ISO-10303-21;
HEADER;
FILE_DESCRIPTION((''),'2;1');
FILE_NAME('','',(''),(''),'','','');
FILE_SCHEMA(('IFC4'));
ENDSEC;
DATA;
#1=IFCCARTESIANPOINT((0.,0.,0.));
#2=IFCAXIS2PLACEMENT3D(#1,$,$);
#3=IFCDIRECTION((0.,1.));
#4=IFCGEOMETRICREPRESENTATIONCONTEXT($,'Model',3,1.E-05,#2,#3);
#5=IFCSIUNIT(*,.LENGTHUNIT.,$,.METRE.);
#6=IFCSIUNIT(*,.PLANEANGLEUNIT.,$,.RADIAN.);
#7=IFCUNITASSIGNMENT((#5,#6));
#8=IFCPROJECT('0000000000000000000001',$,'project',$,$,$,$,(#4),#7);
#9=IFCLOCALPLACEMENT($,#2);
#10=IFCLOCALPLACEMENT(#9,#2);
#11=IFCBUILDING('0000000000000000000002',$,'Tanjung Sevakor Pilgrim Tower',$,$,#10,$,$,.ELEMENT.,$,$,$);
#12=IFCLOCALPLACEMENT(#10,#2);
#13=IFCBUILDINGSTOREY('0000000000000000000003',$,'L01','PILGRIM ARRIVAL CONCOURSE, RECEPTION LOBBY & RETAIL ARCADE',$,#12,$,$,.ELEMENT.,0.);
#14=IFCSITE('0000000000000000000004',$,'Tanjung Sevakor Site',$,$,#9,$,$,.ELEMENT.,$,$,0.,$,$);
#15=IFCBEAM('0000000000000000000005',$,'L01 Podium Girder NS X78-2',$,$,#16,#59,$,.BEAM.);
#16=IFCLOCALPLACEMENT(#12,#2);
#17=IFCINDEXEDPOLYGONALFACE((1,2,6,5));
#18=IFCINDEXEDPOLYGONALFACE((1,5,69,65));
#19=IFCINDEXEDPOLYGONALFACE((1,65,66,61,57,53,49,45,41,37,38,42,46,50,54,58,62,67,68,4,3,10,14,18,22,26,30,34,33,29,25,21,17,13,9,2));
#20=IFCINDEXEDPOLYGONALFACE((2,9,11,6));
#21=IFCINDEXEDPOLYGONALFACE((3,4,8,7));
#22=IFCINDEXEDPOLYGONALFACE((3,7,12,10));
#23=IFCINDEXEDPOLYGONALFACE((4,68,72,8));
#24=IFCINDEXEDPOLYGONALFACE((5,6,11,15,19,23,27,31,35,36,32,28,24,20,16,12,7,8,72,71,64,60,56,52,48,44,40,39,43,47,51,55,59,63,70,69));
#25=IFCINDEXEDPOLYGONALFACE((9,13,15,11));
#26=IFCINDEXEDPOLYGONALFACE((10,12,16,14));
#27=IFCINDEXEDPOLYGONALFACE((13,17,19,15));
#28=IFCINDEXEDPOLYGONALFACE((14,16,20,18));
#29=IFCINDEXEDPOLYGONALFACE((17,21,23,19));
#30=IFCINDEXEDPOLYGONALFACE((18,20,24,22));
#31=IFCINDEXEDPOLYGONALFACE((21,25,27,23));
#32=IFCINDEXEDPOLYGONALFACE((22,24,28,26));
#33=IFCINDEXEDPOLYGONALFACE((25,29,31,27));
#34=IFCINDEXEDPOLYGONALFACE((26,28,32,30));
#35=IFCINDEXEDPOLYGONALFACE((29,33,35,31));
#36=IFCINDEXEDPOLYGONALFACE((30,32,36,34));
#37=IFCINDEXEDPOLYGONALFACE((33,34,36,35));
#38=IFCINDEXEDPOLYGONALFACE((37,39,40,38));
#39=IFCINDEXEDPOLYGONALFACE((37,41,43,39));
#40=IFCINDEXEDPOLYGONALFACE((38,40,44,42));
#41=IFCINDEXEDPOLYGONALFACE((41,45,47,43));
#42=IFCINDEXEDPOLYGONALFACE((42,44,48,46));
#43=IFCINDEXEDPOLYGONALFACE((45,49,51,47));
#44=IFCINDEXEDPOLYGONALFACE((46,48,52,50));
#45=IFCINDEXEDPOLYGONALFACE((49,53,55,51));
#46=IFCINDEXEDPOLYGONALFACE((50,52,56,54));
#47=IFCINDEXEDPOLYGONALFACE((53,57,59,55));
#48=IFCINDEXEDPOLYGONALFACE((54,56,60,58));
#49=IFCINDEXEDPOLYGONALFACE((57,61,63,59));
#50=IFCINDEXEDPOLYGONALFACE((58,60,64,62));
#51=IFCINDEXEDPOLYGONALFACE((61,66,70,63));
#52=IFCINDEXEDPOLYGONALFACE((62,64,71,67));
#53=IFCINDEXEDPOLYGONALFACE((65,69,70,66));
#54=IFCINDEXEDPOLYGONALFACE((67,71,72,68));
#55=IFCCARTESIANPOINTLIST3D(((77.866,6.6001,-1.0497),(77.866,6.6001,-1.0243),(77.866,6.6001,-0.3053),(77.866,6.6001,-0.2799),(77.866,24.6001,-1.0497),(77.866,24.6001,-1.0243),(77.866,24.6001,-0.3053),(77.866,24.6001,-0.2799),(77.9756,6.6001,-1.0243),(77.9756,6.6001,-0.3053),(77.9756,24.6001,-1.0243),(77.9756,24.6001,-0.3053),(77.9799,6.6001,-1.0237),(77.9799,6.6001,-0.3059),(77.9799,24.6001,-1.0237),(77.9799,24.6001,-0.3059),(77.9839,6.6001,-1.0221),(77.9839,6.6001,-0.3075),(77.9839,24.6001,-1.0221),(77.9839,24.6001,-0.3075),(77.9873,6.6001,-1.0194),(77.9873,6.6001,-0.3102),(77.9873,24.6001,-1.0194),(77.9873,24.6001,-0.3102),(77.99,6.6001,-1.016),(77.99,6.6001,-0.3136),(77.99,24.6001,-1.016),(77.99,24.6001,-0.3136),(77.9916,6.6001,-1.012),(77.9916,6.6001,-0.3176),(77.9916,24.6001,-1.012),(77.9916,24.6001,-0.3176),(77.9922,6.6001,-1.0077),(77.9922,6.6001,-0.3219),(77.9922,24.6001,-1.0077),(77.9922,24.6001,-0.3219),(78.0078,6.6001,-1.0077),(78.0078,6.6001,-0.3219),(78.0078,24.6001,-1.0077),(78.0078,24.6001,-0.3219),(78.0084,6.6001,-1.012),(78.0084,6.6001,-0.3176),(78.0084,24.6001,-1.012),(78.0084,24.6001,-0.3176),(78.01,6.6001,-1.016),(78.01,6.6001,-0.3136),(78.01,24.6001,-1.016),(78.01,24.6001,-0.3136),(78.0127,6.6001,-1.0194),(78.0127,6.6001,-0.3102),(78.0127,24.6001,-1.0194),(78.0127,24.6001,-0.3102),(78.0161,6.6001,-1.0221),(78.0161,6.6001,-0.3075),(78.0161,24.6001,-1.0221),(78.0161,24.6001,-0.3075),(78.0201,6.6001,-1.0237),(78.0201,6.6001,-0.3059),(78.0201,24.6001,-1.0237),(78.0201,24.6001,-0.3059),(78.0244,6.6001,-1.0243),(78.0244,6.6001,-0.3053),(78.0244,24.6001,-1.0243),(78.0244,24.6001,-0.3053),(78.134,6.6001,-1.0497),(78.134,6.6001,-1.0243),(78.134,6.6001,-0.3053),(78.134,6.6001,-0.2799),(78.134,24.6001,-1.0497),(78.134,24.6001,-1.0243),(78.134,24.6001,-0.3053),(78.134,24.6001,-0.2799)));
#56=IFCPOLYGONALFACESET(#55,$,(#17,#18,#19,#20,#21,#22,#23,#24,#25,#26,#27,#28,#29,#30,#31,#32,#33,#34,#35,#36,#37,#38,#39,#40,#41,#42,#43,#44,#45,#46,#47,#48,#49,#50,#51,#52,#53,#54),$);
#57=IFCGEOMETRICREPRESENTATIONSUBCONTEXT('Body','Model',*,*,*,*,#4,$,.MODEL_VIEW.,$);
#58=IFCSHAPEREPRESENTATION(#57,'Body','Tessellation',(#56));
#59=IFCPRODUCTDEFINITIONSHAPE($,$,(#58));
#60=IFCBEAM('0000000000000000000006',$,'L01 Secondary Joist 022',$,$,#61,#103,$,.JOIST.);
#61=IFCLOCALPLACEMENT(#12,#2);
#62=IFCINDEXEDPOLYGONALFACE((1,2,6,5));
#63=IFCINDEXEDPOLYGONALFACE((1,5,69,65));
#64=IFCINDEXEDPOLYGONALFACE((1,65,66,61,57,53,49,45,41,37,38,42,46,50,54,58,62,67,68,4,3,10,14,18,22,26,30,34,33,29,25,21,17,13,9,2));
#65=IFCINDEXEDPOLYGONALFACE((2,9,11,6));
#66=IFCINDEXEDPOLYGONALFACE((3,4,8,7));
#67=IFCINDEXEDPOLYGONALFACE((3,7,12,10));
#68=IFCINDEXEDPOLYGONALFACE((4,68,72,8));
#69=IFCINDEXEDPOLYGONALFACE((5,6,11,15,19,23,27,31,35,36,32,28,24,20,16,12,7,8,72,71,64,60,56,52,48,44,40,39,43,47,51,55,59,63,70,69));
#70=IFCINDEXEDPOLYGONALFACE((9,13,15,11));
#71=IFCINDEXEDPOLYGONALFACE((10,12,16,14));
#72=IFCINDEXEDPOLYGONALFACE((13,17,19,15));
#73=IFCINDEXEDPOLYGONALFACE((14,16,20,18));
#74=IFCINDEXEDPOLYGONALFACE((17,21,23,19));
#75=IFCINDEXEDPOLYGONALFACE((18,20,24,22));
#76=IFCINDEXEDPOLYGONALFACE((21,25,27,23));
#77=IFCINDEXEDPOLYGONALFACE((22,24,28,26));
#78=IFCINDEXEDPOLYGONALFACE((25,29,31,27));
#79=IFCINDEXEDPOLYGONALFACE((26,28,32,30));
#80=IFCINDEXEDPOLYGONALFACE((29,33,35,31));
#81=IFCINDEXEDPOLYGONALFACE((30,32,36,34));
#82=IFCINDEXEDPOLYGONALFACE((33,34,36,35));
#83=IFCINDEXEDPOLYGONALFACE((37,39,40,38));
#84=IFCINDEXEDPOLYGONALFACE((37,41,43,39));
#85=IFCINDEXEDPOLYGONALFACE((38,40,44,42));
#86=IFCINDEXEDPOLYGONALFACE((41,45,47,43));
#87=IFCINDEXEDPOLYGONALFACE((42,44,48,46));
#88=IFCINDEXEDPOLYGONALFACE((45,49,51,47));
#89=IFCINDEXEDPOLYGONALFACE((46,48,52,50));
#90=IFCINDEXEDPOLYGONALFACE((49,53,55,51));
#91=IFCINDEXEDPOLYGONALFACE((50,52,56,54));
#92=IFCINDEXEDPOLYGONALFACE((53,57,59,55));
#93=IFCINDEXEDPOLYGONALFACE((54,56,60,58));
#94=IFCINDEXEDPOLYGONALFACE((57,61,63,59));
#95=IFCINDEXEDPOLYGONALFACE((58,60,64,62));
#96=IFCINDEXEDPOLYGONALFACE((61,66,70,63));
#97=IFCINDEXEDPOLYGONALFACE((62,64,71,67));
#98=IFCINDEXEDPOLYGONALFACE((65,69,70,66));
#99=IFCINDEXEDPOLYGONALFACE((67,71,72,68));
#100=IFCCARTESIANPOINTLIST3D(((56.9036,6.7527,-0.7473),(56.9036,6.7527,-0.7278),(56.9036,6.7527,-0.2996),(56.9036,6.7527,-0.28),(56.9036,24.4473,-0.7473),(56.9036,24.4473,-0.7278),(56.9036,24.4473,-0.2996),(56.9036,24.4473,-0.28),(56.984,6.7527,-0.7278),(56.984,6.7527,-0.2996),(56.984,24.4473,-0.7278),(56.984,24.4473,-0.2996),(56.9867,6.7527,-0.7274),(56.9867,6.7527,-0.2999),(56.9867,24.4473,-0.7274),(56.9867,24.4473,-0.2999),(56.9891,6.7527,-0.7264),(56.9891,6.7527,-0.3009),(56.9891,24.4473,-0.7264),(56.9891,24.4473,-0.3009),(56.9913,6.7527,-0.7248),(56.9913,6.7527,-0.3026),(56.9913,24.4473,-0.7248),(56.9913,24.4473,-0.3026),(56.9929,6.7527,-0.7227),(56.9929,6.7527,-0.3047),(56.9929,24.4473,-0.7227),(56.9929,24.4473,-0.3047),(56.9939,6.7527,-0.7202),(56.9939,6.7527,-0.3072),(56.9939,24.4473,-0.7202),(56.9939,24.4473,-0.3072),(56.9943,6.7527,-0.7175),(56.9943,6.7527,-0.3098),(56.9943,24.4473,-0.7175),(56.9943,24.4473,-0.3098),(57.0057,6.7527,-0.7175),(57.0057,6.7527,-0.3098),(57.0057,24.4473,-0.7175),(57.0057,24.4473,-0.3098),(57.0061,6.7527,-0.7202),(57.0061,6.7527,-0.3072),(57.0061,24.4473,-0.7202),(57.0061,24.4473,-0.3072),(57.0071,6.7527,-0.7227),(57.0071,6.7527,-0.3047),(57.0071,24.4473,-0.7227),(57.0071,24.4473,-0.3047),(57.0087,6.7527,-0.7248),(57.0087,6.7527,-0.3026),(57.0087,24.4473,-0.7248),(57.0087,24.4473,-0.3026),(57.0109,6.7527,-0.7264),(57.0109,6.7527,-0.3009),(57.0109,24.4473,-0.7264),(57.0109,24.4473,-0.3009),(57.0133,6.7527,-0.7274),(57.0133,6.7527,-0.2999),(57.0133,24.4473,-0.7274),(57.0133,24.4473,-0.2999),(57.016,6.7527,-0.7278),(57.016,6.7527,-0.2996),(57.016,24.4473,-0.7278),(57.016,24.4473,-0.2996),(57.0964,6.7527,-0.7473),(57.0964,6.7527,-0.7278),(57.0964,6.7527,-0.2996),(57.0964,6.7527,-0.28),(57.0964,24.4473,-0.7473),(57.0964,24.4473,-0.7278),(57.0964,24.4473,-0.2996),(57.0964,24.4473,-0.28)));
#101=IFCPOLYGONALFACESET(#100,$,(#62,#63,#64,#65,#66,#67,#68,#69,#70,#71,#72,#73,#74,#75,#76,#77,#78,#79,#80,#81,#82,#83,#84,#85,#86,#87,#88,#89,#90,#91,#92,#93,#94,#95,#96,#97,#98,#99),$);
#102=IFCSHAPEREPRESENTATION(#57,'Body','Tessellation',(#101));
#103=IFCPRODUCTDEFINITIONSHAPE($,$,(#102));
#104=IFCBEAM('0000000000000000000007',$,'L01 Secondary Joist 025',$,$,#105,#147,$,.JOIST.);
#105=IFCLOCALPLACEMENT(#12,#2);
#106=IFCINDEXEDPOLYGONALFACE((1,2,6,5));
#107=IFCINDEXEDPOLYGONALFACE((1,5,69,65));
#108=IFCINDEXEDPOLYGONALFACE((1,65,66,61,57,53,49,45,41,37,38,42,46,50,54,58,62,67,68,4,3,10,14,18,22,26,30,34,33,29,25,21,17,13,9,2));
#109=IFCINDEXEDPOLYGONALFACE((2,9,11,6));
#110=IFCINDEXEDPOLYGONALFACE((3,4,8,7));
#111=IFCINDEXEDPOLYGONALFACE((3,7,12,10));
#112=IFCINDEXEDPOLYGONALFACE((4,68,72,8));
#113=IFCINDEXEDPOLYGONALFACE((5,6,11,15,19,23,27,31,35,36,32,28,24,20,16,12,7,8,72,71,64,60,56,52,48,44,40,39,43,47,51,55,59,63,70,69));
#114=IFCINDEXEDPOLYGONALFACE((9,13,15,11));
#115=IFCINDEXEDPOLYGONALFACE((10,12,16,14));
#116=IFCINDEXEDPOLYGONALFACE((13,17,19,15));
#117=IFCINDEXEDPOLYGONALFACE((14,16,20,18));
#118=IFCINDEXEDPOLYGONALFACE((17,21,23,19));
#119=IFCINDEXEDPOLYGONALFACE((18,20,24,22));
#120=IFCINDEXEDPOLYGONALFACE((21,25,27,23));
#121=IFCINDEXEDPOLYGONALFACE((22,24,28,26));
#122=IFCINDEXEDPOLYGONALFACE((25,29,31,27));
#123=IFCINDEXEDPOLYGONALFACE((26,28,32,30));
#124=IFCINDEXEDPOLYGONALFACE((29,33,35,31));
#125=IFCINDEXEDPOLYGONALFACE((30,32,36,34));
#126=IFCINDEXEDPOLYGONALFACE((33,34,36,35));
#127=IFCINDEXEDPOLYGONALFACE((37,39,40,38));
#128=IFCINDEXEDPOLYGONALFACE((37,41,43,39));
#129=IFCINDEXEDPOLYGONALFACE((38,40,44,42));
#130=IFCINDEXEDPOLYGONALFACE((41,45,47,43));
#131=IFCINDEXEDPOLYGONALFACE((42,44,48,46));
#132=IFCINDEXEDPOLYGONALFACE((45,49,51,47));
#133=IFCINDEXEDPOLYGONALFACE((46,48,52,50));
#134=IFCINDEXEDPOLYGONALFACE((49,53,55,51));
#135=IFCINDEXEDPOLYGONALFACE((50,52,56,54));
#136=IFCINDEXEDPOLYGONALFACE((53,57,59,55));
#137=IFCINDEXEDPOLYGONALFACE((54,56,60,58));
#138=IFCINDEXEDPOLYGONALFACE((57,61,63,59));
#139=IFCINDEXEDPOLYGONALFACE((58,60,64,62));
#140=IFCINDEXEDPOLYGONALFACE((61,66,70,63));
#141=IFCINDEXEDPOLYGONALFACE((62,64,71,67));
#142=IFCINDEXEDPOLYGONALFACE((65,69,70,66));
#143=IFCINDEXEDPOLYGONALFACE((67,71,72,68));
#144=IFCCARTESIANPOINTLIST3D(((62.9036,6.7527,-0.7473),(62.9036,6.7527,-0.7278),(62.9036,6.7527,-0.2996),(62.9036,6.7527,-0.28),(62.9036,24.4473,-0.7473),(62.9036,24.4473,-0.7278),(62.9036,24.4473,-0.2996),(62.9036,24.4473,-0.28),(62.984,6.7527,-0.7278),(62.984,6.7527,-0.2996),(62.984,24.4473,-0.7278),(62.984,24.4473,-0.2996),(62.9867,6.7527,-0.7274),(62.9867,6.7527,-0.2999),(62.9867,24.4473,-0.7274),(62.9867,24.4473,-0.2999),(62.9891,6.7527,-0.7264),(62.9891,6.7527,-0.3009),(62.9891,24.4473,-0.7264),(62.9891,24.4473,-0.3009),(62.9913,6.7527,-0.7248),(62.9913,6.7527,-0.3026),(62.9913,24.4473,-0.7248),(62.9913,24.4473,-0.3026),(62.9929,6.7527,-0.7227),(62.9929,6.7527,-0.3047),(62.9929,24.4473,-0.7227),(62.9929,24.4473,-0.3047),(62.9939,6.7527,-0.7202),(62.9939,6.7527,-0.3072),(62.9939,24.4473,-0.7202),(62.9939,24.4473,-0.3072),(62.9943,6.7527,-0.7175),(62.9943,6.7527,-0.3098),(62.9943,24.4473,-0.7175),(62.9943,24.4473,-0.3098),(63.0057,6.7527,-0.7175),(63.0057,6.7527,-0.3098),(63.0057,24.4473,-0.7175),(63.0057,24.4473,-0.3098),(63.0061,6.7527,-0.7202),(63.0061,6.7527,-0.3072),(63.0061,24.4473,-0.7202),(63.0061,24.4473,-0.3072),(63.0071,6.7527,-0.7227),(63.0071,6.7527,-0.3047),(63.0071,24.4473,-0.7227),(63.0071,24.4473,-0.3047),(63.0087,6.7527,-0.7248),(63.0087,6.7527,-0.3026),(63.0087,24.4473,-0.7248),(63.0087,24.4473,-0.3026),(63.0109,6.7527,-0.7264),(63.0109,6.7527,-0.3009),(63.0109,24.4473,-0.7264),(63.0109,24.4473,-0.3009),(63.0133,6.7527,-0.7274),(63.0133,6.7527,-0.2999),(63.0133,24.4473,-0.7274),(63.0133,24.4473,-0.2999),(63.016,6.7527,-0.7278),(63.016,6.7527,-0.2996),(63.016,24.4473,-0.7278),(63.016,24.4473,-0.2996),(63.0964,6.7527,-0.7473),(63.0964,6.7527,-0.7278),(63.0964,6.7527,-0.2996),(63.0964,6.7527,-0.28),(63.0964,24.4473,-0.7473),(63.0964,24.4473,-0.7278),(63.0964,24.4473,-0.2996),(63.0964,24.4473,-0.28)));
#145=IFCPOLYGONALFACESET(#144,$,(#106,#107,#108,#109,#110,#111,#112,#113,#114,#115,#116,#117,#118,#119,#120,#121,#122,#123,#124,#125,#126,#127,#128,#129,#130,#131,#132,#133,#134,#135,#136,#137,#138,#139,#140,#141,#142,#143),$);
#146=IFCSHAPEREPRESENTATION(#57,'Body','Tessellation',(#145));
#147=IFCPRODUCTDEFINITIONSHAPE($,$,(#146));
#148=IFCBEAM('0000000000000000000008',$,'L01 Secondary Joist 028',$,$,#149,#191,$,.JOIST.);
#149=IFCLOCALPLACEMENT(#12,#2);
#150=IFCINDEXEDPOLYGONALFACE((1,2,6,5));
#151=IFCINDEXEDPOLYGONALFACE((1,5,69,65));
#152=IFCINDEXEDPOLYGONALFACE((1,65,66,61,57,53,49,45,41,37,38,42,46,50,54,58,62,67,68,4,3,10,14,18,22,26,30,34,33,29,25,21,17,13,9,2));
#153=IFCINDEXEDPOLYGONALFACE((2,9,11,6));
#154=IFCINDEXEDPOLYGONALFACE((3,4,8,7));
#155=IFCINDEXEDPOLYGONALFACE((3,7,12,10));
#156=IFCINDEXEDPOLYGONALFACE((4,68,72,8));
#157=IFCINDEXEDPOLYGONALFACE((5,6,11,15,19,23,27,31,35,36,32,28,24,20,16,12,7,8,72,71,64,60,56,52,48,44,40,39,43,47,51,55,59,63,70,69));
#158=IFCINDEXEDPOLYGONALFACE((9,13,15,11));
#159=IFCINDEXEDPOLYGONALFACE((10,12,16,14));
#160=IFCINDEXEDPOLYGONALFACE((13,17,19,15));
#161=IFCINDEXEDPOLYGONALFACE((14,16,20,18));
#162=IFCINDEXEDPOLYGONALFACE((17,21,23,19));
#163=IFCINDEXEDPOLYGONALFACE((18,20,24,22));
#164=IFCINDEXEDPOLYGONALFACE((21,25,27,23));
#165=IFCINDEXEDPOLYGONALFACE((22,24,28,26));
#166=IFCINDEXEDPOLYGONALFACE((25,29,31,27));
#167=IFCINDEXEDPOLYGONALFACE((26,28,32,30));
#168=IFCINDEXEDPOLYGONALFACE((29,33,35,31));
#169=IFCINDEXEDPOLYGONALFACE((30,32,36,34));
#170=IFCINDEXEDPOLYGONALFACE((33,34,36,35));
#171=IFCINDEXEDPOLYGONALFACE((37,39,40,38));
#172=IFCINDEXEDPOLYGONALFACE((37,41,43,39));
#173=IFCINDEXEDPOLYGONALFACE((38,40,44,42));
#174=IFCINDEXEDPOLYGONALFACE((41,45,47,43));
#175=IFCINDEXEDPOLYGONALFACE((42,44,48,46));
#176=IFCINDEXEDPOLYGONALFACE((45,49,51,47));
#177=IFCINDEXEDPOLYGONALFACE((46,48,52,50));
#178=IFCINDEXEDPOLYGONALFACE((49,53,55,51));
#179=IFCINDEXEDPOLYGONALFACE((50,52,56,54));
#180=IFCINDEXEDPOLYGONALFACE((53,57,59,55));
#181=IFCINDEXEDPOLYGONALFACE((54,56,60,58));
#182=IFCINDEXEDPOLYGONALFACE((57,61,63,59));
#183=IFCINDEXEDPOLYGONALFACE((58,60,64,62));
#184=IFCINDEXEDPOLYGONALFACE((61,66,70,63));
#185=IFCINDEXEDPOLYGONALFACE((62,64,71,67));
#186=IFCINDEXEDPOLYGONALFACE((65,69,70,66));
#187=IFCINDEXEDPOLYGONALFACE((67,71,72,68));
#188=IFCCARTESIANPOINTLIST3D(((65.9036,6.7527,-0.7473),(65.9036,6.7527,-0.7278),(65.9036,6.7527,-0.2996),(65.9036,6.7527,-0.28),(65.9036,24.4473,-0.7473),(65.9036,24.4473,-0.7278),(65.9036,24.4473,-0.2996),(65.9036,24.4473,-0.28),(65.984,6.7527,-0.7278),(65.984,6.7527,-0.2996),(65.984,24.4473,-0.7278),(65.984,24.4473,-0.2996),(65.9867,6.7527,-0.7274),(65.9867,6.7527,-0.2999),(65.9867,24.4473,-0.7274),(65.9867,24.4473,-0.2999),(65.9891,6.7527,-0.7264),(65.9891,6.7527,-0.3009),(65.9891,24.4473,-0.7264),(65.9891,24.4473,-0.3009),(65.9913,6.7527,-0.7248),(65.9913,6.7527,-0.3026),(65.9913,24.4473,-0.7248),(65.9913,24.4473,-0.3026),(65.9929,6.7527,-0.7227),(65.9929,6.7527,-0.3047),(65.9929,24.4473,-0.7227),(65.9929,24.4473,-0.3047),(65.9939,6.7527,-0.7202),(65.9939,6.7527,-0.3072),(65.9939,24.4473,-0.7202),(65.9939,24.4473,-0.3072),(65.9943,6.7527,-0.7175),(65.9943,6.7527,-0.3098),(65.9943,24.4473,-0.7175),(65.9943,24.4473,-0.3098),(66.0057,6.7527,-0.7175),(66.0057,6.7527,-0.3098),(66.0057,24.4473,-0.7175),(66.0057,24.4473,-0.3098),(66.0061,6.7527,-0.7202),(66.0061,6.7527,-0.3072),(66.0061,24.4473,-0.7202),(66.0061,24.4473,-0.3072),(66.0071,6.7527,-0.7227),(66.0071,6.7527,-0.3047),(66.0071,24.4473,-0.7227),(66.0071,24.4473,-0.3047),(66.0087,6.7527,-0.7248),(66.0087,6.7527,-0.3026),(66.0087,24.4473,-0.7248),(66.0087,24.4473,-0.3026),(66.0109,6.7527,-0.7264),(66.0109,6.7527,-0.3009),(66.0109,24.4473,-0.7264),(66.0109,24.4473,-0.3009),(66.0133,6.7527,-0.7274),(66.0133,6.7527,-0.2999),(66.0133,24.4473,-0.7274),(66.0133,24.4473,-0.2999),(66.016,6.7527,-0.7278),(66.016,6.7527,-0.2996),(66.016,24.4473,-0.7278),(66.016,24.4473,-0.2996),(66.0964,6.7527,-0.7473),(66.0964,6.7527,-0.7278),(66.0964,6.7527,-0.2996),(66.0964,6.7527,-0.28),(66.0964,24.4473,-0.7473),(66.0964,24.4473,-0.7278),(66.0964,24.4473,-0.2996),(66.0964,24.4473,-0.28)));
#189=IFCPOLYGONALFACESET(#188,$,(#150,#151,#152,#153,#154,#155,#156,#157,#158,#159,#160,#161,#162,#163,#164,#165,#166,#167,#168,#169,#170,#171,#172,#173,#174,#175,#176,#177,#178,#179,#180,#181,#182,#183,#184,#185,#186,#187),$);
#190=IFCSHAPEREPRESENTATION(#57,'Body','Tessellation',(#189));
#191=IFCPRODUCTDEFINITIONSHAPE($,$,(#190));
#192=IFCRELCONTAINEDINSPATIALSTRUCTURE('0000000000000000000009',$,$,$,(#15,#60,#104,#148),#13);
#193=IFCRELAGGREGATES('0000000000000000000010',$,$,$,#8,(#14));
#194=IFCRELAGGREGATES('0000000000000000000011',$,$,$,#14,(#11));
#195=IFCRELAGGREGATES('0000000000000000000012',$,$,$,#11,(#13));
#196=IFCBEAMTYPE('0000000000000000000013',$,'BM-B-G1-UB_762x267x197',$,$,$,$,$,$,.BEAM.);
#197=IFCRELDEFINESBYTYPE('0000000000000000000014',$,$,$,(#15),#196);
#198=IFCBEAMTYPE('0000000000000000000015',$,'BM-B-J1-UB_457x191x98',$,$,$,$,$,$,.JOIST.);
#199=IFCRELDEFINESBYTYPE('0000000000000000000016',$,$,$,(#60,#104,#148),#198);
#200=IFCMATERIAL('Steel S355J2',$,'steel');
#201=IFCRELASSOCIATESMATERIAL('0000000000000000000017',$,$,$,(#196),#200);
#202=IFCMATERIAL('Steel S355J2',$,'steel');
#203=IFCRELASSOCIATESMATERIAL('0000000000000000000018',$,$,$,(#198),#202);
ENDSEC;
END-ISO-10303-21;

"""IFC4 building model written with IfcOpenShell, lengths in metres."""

from ifc_helpers import new_model, si_unit, direction, frame, origin, origin_2d, place, context, subcontext, project, spatial, i_section, extrude, material, material_profile, profile_set, type_object, element, save


model = new_model("IFC4")

# Units and contexts
model_context = context("Model", 3, precision=1e-05, world=origin(), true_north=direction((0.0, 1.0)))
body_context = subcontext(model_context, "Body", "Model", "MODEL_VIEW")
ifc_project = project(units=[si_unit("LENGTHUNIT", "METRE"), si_unit("PLANEANGLEUNIT", "RADIAN")], contexts=[model_context])

# Site, building, storey
site_placement = place(None, origin())
site = spatial("IfcSite", under=ifc_project, at=site_placement, Name="Tanjung Sevakor Site", CompositionType="ELEMENT", RefElevation=0.0)
building_placement = place(site_placement, origin())
building = spatial("IfcBuilding", under=site, at=building_placement, Name="Tanjung Sevakor Pilgrim Tower", CompositionType="ELEMENT")
storey_placement = place(building_placement, origin())
storey = spatial("IfcBuildingStorey", under=building, at=storey_placement, Name="L01", Description="PILGRIM ARRIVAL CONCOURSE, RECEPTION LOBBY & RETAIL ARCADE", CompositionType="ELEMENT", Elevation=0.0)

# Beams
ifc_material_1 = material(Name="Steel S355J2", Category="steel")
ifc_material_profile_1 = material_profile(ifc_material_1, i_section(OverallWidth=0.2681, OverallDepth=0.7698, WebThickness=0.0156, FlangeThickness=0.0254, FilletRadius=0.0166, at=origin_2d()))
ifc_profile_set_1 = profile_set([ifc_material_profile_1], Name="Steel S355J2")
beam_type_1 = type_object("IfcBeamType", Name="BM-B-G1-UB_762x267x197", PredefinedType="BEAM", material=ifc_profile_set_1)
for number, where, z_axis, x_axis, name in (
    (1, (78.0, 6.6001, -0.6648), (0.0, 1.0, 0.0), (-1.0, 0.0, 0.0), "L01 Podium Girder NS X78-2"),
):
    element("IfcBeam", number, at=place(storey_placement, frame(where, z_axis=z_axis, x_axis=x_axis)), inside=storey, type_object=beam_type_1, Name=name, PredefinedType="BEAM", context=body_context, shape_type="SweptSolid", body=[
        extrude(i_section(OverallWidth=0.2681, OverallDepth=0.7698, WebThickness=0.0156, FlangeThickness=0.0254, FilletRadius=0.0166, at=origin_2d()), origin(), (0.0, 0.0, 1.0), 18.0),
    ])
ifc_material_2 = material(Name="Steel S355J2", Category="steel")
ifc_material_profile_2 = material_profile(ifc_material_2, i_section(OverallWidth=0.1929, OverallDepth=0.4673, WebThickness=0.0115, FlangeThickness=0.0195, FilletRadius=0.0103, at=origin_2d()))
ifc_profile_set_2 = profile_set([ifc_material_profile_2], Name="Steel S355J2")
beam_type_2 = type_object("IfcBeamType", Name="BM-B-J1-UB_457x191x98", PredefinedType="JOIST", material=ifc_profile_set_2)
for number, where, z_axis, x_axis, name in (
    (2, (57.0, 6.7527, -0.5137), (0.0, 1.0, 0.0), (-1.0, 0.0, 0.0), "L01 Secondary Joist 022"),
    (3, (63.0, 6.7527, -0.5137), (0.0, 1.0, 0.0), (-1.0, 0.0, 0.0), "L01 Secondary Joist 025"),
    (4, (66.0, 6.7527, -0.5137), (0.0, 1.0, 0.0), (-1.0, 0.0, 0.0), "L01 Secondary Joist 028"),
):
    element("IfcBeam", number, at=place(storey_placement, frame(where, z_axis=z_axis, x_axis=x_axis)), inside=storey, type_object=beam_type_2, Name=name, PredefinedType="JOIST", context=body_context, shape_type="SweptSolid", body=[
        extrude(i_section(OverallWidth=0.1929, OverallDepth=0.4673, WebThickness=0.0115, FlangeThickness=0.0195, FilletRadius=0.0103, at=origin_2d()), origin(), (0.0, 0.0, 1.0), 17.6946),
    ])

save(model, "model.ifc")
